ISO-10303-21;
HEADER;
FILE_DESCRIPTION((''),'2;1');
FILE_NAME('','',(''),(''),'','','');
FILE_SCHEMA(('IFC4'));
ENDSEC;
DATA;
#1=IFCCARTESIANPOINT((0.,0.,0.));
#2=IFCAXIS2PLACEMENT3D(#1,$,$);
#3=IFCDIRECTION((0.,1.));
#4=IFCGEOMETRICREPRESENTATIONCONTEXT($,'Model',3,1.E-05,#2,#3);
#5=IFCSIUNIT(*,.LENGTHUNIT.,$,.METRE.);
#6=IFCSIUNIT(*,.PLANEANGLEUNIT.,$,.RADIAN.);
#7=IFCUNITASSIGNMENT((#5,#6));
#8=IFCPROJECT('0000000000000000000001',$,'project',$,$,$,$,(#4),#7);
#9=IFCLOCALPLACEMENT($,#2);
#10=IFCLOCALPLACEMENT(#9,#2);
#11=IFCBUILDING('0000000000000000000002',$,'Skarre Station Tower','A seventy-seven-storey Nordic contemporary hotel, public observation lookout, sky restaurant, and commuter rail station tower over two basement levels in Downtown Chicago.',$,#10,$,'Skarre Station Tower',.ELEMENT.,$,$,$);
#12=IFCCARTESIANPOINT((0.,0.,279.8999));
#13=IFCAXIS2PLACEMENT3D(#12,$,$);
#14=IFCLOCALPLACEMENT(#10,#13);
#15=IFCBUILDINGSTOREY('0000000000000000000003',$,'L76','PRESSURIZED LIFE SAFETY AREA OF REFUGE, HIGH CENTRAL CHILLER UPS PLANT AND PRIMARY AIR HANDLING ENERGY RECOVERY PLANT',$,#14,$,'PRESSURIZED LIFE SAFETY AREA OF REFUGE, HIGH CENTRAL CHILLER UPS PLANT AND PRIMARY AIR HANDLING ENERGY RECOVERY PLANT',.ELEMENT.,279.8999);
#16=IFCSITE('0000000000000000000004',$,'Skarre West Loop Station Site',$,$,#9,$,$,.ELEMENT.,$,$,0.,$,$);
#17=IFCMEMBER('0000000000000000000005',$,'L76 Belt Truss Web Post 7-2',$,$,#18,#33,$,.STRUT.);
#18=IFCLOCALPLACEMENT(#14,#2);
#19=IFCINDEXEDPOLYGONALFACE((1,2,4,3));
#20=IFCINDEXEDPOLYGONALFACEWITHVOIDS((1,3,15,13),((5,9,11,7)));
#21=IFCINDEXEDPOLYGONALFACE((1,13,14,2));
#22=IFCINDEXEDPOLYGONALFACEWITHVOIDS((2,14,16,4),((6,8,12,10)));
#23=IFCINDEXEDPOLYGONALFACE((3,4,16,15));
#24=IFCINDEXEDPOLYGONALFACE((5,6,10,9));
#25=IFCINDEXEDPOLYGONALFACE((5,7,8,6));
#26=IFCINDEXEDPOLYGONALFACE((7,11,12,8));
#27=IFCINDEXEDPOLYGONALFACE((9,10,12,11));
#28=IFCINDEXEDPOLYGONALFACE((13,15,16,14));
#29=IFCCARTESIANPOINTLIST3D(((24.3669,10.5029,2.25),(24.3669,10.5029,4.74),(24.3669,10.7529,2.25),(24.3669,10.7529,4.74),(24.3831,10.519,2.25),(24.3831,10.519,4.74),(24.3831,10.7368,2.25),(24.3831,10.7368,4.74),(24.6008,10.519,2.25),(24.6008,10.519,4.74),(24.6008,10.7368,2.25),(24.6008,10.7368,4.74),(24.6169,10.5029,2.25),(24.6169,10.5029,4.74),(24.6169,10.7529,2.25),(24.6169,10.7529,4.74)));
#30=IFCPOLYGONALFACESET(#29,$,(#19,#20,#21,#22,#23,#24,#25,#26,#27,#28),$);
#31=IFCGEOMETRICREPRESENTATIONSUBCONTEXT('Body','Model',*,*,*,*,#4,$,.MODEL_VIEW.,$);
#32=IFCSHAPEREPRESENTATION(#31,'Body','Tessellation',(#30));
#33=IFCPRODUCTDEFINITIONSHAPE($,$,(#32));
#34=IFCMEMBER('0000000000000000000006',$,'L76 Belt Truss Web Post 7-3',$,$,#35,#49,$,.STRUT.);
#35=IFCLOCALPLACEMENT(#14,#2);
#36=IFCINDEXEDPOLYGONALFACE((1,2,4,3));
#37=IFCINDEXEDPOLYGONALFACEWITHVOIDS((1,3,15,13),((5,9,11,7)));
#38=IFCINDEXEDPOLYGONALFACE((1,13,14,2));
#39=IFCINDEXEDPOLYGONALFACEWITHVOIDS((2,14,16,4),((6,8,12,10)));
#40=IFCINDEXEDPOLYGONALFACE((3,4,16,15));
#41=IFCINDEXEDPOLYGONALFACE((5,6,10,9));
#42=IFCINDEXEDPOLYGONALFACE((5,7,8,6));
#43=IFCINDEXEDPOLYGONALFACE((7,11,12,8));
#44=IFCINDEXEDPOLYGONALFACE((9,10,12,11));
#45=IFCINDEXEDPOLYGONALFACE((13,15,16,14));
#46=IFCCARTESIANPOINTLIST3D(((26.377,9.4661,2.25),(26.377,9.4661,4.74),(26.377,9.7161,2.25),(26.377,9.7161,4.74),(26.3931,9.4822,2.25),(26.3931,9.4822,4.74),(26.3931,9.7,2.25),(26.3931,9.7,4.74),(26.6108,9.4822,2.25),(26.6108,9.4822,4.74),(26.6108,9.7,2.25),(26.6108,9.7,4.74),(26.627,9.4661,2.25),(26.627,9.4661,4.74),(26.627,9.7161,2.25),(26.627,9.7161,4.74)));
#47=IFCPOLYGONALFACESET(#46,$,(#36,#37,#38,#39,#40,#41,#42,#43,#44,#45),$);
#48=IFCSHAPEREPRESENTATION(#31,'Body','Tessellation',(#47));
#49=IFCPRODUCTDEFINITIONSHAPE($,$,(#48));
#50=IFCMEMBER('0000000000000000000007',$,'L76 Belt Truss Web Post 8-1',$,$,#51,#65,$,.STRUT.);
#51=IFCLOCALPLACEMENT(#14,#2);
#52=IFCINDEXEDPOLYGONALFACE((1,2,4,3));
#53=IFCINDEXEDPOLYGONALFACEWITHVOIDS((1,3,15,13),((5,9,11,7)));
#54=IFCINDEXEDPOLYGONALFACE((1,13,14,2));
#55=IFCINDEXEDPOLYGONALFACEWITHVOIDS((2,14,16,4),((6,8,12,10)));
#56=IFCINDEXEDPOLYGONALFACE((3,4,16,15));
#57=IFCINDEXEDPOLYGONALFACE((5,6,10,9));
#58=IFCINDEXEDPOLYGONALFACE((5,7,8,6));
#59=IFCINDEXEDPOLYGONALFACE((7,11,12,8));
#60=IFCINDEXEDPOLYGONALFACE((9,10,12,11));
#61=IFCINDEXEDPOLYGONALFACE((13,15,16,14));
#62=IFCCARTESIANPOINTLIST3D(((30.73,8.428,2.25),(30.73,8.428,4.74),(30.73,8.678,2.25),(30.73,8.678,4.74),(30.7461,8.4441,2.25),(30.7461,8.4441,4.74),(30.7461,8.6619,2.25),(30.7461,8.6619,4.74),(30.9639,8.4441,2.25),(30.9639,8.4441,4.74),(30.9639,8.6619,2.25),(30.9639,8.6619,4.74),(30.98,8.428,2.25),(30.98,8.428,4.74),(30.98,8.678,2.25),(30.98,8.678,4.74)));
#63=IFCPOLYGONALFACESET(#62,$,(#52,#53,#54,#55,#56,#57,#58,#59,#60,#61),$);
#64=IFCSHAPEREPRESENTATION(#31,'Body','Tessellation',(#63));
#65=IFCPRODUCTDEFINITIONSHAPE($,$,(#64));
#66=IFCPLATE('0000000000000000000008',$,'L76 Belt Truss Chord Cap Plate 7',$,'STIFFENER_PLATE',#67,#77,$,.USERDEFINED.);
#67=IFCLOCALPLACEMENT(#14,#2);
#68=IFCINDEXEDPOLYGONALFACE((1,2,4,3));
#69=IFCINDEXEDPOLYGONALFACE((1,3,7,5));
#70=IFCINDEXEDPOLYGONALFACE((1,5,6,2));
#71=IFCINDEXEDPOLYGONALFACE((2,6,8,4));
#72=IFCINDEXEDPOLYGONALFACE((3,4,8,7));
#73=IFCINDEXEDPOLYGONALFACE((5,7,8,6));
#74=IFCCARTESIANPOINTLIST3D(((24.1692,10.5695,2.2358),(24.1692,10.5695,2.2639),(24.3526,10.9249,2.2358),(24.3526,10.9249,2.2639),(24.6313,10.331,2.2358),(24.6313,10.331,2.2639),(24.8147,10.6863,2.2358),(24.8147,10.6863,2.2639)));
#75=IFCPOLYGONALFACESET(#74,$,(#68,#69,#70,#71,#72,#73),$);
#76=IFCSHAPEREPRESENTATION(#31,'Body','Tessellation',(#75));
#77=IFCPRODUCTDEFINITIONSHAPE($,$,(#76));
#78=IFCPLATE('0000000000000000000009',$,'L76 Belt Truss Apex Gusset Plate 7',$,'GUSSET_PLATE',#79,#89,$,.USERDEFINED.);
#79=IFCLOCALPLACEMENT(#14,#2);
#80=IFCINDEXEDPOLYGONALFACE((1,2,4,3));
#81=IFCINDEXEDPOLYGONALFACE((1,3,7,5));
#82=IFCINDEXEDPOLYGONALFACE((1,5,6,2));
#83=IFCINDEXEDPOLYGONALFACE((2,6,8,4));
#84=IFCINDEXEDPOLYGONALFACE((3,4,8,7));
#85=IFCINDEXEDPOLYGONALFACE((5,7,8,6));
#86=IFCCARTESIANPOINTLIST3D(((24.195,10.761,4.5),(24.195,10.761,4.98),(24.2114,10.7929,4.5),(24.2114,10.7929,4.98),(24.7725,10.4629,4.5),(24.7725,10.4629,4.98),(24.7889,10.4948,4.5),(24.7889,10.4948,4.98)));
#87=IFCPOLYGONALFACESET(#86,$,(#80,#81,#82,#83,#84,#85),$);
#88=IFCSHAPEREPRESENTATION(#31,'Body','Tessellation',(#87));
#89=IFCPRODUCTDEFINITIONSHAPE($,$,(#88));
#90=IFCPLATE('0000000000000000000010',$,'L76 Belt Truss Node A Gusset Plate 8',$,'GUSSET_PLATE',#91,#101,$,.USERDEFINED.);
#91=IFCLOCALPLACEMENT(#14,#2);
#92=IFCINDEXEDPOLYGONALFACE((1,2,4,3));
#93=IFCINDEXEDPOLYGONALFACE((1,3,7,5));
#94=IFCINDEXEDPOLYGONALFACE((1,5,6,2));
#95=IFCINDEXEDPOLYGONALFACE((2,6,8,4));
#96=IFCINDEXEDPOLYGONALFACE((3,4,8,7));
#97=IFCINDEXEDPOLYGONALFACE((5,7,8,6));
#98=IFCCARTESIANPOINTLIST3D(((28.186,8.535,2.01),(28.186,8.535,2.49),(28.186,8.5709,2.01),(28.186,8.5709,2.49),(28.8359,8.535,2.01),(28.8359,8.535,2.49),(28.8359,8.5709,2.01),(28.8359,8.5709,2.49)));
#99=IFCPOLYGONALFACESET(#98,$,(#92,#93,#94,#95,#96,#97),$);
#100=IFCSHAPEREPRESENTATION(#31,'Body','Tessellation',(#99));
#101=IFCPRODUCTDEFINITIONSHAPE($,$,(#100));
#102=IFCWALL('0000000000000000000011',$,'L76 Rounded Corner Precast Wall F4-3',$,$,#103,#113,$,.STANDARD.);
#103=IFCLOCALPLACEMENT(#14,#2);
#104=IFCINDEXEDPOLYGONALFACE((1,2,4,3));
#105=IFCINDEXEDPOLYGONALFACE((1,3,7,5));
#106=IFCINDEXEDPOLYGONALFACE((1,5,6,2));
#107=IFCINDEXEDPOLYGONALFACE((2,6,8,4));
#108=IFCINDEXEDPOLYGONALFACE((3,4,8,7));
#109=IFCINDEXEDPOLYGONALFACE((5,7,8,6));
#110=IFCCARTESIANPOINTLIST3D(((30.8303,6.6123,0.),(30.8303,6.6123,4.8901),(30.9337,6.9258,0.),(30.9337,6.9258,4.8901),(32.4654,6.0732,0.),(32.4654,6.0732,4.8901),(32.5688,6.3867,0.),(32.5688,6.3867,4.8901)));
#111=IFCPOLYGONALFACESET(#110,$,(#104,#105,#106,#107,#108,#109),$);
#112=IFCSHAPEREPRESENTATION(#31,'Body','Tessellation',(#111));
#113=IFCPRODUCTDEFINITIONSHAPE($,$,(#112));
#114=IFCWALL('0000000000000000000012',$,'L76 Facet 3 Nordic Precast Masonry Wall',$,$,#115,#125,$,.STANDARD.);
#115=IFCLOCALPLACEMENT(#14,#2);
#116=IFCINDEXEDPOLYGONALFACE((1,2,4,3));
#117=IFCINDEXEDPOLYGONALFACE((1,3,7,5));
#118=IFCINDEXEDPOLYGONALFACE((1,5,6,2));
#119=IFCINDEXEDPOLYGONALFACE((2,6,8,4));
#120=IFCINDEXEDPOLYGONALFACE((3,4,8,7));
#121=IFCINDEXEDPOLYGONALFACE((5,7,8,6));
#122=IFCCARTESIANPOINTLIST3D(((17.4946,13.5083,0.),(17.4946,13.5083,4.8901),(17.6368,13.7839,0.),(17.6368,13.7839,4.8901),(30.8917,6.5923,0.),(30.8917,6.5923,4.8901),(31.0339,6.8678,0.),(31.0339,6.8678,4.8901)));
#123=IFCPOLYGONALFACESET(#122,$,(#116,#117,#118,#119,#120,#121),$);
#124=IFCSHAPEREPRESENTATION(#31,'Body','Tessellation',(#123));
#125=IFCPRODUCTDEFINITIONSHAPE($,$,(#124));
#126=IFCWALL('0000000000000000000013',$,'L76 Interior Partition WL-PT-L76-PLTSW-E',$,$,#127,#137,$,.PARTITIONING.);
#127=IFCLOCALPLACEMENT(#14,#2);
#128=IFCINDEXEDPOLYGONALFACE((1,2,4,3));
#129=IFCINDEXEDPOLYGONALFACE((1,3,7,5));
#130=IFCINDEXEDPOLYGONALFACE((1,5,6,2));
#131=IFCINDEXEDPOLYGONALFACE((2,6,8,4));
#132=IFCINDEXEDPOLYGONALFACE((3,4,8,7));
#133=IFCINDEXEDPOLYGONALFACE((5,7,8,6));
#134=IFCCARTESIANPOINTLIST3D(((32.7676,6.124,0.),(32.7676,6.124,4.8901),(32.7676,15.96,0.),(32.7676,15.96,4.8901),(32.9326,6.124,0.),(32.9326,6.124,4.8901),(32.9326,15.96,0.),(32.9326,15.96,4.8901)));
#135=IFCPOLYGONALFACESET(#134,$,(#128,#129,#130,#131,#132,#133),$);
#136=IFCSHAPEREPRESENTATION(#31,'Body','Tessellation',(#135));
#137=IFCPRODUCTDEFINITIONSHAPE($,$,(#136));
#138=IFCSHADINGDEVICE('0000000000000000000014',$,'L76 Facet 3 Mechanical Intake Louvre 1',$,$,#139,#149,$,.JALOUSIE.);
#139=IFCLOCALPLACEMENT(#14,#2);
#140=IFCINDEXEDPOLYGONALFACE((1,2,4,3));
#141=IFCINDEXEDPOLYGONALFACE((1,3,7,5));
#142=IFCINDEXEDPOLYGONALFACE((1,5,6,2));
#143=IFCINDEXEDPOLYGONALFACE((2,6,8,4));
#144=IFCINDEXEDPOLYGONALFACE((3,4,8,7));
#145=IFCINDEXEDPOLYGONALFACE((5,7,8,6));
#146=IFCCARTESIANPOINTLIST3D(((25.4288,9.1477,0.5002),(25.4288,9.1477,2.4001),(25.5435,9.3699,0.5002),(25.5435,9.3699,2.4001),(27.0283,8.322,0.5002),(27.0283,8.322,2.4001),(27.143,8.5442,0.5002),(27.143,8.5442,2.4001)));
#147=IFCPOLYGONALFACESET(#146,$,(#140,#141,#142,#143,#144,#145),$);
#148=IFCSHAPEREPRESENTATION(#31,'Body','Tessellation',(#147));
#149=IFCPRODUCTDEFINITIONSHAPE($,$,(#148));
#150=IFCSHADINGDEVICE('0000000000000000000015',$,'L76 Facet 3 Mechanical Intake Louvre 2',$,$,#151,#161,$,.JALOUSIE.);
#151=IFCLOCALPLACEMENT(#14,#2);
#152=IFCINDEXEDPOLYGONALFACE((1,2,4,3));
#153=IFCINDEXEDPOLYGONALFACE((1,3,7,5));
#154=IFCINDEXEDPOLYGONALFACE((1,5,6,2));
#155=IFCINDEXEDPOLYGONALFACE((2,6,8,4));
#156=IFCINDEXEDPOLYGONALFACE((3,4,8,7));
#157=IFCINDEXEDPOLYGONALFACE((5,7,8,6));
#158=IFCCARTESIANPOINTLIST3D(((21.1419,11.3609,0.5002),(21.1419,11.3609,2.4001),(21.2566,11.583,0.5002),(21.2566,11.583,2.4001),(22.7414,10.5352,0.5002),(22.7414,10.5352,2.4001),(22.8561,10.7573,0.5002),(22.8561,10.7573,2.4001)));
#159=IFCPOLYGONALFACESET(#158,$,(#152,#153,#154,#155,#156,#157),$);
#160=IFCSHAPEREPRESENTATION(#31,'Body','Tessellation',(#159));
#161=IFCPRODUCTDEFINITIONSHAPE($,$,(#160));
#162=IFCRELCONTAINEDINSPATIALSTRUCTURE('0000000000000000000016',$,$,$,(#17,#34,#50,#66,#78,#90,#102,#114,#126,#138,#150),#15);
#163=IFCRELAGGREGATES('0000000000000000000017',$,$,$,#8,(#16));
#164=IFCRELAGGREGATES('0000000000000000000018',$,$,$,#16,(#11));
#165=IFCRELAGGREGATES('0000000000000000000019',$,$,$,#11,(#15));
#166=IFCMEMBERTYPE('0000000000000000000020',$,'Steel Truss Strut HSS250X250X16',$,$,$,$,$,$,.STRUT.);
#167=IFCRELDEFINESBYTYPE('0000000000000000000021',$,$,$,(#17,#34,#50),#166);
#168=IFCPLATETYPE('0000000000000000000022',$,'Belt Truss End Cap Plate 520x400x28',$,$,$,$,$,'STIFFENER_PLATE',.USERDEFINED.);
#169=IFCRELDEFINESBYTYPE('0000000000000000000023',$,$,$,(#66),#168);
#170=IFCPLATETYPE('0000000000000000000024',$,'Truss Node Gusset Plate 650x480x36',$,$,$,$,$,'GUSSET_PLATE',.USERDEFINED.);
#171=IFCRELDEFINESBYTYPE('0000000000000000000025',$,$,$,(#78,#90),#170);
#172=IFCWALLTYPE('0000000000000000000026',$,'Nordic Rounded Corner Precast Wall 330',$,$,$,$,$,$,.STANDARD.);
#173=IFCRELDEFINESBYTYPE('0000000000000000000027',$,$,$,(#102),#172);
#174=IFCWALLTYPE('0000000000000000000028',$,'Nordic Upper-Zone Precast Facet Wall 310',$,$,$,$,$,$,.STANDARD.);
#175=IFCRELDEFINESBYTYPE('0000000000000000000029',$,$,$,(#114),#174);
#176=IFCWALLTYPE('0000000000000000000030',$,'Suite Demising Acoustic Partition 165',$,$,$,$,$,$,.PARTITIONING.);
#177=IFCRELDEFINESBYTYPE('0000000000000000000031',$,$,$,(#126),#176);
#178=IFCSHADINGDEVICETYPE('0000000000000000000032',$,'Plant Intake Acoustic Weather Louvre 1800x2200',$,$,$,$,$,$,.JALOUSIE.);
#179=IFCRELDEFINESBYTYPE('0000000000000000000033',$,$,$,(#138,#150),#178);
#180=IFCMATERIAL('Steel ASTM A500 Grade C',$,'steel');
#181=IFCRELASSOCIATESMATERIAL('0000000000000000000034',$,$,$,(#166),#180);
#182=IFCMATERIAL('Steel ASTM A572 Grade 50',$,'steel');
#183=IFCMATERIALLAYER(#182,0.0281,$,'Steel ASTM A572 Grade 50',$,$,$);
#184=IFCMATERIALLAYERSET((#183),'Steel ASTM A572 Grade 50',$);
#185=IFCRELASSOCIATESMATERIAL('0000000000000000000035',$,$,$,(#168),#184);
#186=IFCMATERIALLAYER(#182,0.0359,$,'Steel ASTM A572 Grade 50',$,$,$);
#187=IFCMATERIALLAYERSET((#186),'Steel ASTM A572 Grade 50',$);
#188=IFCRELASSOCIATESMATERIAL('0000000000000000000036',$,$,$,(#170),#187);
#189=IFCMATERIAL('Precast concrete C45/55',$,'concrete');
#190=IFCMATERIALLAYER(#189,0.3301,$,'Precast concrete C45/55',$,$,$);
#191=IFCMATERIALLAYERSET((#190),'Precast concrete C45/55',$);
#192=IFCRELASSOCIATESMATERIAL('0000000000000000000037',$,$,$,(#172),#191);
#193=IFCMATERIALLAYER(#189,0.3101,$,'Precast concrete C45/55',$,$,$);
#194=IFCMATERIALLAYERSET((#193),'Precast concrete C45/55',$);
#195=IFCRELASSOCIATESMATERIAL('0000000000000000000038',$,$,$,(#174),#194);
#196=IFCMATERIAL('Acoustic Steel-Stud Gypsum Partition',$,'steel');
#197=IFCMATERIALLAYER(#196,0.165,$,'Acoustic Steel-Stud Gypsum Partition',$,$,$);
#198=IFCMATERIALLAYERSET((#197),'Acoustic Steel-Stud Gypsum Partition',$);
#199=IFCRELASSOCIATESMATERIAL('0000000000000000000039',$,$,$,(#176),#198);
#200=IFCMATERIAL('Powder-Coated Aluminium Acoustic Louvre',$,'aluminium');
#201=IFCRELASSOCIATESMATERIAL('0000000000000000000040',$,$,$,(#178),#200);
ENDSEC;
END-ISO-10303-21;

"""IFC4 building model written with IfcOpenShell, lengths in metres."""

from ifc_helpers import new_model, si_unit, direction, frame, frame_2d, origin, origin_2d, place, context, subcontext, project, spatial, rectangle, hollow_rectangle, extrude, material, layer, layer_set, material_profile, profile_set, type_object, element, save


model = new_model("IFC4")

# Units and contexts
model_context = context("Model", 3, precision=1e-05, world=origin(), true_north=direction((0.0, 1.0)))
body_context = subcontext(model_context, "Body", "Model", "MODEL_VIEW")
ifc_project = project(units=[si_unit("LENGTHUNIT", "METRE"), si_unit("PLANEANGLEUNIT", "RADIAN")], contexts=[model_context])

# Site, building, storey
site_placement = place(None, origin())
site = spatial("IfcSite", under=ifc_project, at=site_placement, Name="Skarre West Loop Station Site", CompositionType="ELEMENT", RefElevation=0.0)
building_placement = place(site_placement, origin())
building = spatial("IfcBuilding", under=site, at=building_placement, Name="Skarre Station Tower", Description="A seventy-seven-storey Nordic contemporary hotel, public observation lookout, sky restaurant, and commuter rail station tower over two basement levels in Downtown Chicago.", LongName="Skarre Station Tower", CompositionType="ELEMENT")
storey_placement = place(building_placement, frame((0.0, 0.0, 279.8999)))
storey = spatial("IfcBuildingStorey", under=building, at=storey_placement, Name="L76", Description="PRESSURIZED LIFE SAFETY AREA OF REFUGE, HIGH CENTRAL CHILLER UPS PLANT AND PRIMARY AIR HANDLING ENERGY RECOVERY PLANT", LongName="PRESSURIZED LIFE SAFETY AREA OF REFUGE, HIGH CENTRAL CHILLER UPS PLANT AND PRIMARY AIR HANDLING ENERGY RECOVERY PLANT", CompositionType="ELEMENT", Elevation=279.8999)

# Members
ifc_material_1 = material(Name="Steel ASTM A500 Grade C", Category="steel")
ifc_material_profile_1 = material_profile(ifc_material_1, hollow_rectangle(XDim=0.25, YDim=0.25, WallThickness=0.0161, at=origin_2d()), Name="Steel ASTM A500 Grade C")
ifc_profile_set_1 = profile_set([ifc_material_profile_1], Name="Steel ASTM A500 Grade C")
member_type_1 = type_object("IfcMemberType", Name="Steel Truss Strut HSS250X250X16", PredefinedType="STRUT", material=ifc_profile_set_1)
for number, where, z_axis, x_axis, name in (
    (1, (24.4919, 10.6279, 2.25), (0.0, 0.0, 1.0), (1.0, 0.0, 0.0), "L76 Belt Truss Web Post 7-2"),
    (2, (26.502, 9.5911, 2.25), (0.0, 0.0, 1.0), (1.0, 0.0, 0.0), "L76 Belt Truss Web Post 7-3"),
    (3, (30.855, 8.553, 2.25), (0.0, 0.0, 1.0), (1.0, 0.0, 0.0), "L76 Belt Truss Web Post 8-1"),
):
    element("IfcMember", number, at=place(storey_placement, frame(where, z_axis=z_axis, x_axis=x_axis)), inside=storey, type_object=member_type_1, Name=name, PredefinedType="STRUT", context=body_context, shape_type="SweptSolid", body=[
        extrude(hollow_rectangle(XDim=0.25, YDim=0.25, WallThickness=0.0161, at=origin_2d()), origin(), (0.0, 0.0, 1.0), 2.49),
    ])

# Plates
ifc_material_2 = material(Name="Steel ASTM A572 Grade 50", Category="steel")
ifc_layer_1 = layer(ifc_material_2, 0.0281, Name="Steel ASTM A572 Grade 50")
ifc_layer_set_1 = layer_set([ifc_layer_1], Name="Steel ASTM A572 Grade 50")
plate_type_1 = type_object("IfcPlateType", Name="Belt Truss End Cap Plate 520x400x28", ElementType="STIFFENER_PLATE", PredefinedType="USERDEFINED", material=ifc_layer_set_1)
plate_placement = place(storey_placement, frame((24.4919, 10.6279, 2.2358), z_axis=(0.0, 0.0, 1.0), x_axis=(0.888601, -0.458681, 0.0)))
element("IfcPlate", 4, at=plate_placement, inside=storey, type_object=plate_type_1, Name="L76 Belt Truss Chord Cap Plate 7", ObjectType="STIFFENER_PLATE", PredefinedType="USERDEFINED", context=body_context, shape_type="SweptSolid", body=[
    extrude(rectangle(XDim=0.52, YDim=0.3999, at=origin_2d()), origin(), (0.0, 0.0, 1.0), 0.0281),
])
ifc_layer_2 = layer(ifc_material_2, 0.0359, Name="Steel ASTM A572 Grade 50")
ifc_layer_set_2 = layer_set([ifc_layer_2], Name="Steel ASTM A572 Grade 50")
plate_type_2 = type_object("IfcPlateType", Name="Truss Node Gusset Plate 650x480x36", ElementType="GUSSET_PLATE", PredefinedType="USERDEFINED", material=ifc_layer_set_2)
for number, where, z_axis, x_axis, name in (
    (5, (24.4919, 10.6279, 4.5), (0.0, 0.0, 1.0), (0.888601, -0.458681, 0.0), "L76 Belt Truss Apex Gusset Plate 7"),
    (6, (28.511, 8.553, 2.01), (0.0, 0.0, 1.0), (1.0, 0.0, 0.0), "L76 Belt Truss Node A Gusset Plate 8"),
):
    element("IfcPlate", number, at=place(storey_placement, frame(where, z_axis=z_axis, x_axis=x_axis)), inside=storey, type_object=plate_type_2, Name=name, ObjectType="GUSSET_PLATE", PredefinedType="USERDEFINED", context=body_context, shape_type="SweptSolid", body=[
        extrude(rectangle(XDim=0.6499, YDim=0.0359, at=origin_2d()), origin(), (0.0, 0.0, 1.0), 0.48),
    ])

# Walls
ifc_material_3 = material(Name="Precast concrete C45/55", Category="concrete")
ifc_layer_3 = layer(ifc_material_3, 0.3301, Name="Precast concrete C45/55")
ifc_layer_set_3 = layer_set([ifc_layer_3], Name="Precast concrete C45/55")
wall_type_1 = type_object("IfcWallType", Name="Nordic Rounded Corner Precast Wall 330", PredefinedType="STANDARD", material=ifc_layer_set_3)
wall_1_placement = place(storey_placement, frame((32.5171, 6.23, 0.0), z_axis=(0.0, 0.0, 1.0), x_axis=(-0.949713, 0.31312, 0.0)))
element("IfcWall", 7, at=wall_1_placement, inside=storey, type_object=wall_type_1, Name="L76 Rounded Corner Precast Wall F4-3", PredefinedType="STANDARD", context=body_context, shape_type="SweptSolid", body=[
    extrude(rectangle(XDim=1.7217, YDim=0.3301, at=frame_2d((0.8608, 0.0))), origin(), (0.0, 0.0, 1.0), 4.8901),
])
ifc_layer_4 = layer(ifc_material_3, 0.3101, Name="Precast concrete C45/55")
ifc_layer_set_4 = layer_set([ifc_layer_4], Name="Precast concrete C45/55")
wall_type_2 = type_object("IfcWallType", Name="Nordic Upper-Zone Precast Facet Wall 310", PredefinedType="STANDARD", material=ifc_layer_set_4)
wall_2_placement = place(storey_placement, frame((30.9629, 6.73, 0.0), z_axis=(0.0, 0.0, 1.0), x_axis=(-0.888581, 0.458719, 0.0)))
element("IfcWall", 8, at=wall_2_placement, inside=storey, type_object=wall_type_2, Name="L76 Facet 3 Nordic Precast Masonry Wall", PredefinedType="STANDARD", context=body_context, shape_type="SweptSolid", body=[
    extrude(rectangle(XDim=15.0769, YDim=0.3101, at=frame_2d((7.5386, 0.0))), origin(), (0.0, 0.0, 1.0), 4.8901),
])
ifc_material_4 = material(Name="Acoustic Steel-Stud Gypsum Partition", Category="steel")
ifc_layer_5 = layer(ifc_material_4, 0.165, Name="Acoustic Steel-Stud Gypsum Partition")
ifc_layer_set_5 = layer_set([ifc_layer_5], Name="Acoustic Steel-Stud Gypsum Partition")
wall_type_3 = type_object("IfcWallType", Name="Suite Demising Acoustic Partition 165", PredefinedType="PARTITIONING", material=ifc_layer_set_5)
wall_3_placement = place(storey_placement, frame((32.8501, 6.124, 0.0), z_axis=(0.0, 0.0, 1.0), x_axis=(0.0, 1.0, 0.0)))
element("IfcWall", 9, at=wall_3_placement, inside=storey, type_object=wall_type_3, Name="L76 Interior Partition WL-PT-L76-PLTSW-E", PredefinedType="PARTITIONING", context=body_context, shape_type="SweptSolid", body=[
    extrude(rectangle(XDim=9.8359, YDim=0.165, at=frame_2d((4.918, 0.0))), origin(), (0.0, 0.0, 1.0), 4.8901),
])

# Shading devices
ifc_material_5 = material(Name="Powder-Coated Aluminium Acoustic Louvre", Category="aluminium")
shading_device_type = type_object("IfcShadingDeviceType", Name="Plant Intake Acoustic Weather Louvre 1800x2200", PredefinedType="JALOUSIE", material=ifc_material_5)
for number, where, z_axis, x_axis, name in (
    (10, (26.2859, 8.8459, 0.5002), (0.0, 0.0, 1.0), (-0.458712, -0.888585, 0.0), "L76 Facet 3 Mechanical Intake Louvre 1"),
    (11, (21.999, 11.0591, 0.5002), (0.0, 0.0, 1.0), (-0.458712, -0.888585, 0.0), "L76 Facet 3 Mechanical Intake Louvre 2"),
):
    element("IfcShadingDevice", number, at=place(storey_placement, frame(where, z_axis=z_axis, x_axis=x_axis)), inside=storey, type_object=shading_device_type, Name=name, PredefinedType="JALOUSIE", context=body_context, shape_type="SweptSolid", body=[
        extrude(rectangle(XDim=0.25, YDim=1.8, at=origin_2d()), origin(), (0.0, 0.0, 1.0), 1.8999),
    ])

save(model, "model.ifc")
